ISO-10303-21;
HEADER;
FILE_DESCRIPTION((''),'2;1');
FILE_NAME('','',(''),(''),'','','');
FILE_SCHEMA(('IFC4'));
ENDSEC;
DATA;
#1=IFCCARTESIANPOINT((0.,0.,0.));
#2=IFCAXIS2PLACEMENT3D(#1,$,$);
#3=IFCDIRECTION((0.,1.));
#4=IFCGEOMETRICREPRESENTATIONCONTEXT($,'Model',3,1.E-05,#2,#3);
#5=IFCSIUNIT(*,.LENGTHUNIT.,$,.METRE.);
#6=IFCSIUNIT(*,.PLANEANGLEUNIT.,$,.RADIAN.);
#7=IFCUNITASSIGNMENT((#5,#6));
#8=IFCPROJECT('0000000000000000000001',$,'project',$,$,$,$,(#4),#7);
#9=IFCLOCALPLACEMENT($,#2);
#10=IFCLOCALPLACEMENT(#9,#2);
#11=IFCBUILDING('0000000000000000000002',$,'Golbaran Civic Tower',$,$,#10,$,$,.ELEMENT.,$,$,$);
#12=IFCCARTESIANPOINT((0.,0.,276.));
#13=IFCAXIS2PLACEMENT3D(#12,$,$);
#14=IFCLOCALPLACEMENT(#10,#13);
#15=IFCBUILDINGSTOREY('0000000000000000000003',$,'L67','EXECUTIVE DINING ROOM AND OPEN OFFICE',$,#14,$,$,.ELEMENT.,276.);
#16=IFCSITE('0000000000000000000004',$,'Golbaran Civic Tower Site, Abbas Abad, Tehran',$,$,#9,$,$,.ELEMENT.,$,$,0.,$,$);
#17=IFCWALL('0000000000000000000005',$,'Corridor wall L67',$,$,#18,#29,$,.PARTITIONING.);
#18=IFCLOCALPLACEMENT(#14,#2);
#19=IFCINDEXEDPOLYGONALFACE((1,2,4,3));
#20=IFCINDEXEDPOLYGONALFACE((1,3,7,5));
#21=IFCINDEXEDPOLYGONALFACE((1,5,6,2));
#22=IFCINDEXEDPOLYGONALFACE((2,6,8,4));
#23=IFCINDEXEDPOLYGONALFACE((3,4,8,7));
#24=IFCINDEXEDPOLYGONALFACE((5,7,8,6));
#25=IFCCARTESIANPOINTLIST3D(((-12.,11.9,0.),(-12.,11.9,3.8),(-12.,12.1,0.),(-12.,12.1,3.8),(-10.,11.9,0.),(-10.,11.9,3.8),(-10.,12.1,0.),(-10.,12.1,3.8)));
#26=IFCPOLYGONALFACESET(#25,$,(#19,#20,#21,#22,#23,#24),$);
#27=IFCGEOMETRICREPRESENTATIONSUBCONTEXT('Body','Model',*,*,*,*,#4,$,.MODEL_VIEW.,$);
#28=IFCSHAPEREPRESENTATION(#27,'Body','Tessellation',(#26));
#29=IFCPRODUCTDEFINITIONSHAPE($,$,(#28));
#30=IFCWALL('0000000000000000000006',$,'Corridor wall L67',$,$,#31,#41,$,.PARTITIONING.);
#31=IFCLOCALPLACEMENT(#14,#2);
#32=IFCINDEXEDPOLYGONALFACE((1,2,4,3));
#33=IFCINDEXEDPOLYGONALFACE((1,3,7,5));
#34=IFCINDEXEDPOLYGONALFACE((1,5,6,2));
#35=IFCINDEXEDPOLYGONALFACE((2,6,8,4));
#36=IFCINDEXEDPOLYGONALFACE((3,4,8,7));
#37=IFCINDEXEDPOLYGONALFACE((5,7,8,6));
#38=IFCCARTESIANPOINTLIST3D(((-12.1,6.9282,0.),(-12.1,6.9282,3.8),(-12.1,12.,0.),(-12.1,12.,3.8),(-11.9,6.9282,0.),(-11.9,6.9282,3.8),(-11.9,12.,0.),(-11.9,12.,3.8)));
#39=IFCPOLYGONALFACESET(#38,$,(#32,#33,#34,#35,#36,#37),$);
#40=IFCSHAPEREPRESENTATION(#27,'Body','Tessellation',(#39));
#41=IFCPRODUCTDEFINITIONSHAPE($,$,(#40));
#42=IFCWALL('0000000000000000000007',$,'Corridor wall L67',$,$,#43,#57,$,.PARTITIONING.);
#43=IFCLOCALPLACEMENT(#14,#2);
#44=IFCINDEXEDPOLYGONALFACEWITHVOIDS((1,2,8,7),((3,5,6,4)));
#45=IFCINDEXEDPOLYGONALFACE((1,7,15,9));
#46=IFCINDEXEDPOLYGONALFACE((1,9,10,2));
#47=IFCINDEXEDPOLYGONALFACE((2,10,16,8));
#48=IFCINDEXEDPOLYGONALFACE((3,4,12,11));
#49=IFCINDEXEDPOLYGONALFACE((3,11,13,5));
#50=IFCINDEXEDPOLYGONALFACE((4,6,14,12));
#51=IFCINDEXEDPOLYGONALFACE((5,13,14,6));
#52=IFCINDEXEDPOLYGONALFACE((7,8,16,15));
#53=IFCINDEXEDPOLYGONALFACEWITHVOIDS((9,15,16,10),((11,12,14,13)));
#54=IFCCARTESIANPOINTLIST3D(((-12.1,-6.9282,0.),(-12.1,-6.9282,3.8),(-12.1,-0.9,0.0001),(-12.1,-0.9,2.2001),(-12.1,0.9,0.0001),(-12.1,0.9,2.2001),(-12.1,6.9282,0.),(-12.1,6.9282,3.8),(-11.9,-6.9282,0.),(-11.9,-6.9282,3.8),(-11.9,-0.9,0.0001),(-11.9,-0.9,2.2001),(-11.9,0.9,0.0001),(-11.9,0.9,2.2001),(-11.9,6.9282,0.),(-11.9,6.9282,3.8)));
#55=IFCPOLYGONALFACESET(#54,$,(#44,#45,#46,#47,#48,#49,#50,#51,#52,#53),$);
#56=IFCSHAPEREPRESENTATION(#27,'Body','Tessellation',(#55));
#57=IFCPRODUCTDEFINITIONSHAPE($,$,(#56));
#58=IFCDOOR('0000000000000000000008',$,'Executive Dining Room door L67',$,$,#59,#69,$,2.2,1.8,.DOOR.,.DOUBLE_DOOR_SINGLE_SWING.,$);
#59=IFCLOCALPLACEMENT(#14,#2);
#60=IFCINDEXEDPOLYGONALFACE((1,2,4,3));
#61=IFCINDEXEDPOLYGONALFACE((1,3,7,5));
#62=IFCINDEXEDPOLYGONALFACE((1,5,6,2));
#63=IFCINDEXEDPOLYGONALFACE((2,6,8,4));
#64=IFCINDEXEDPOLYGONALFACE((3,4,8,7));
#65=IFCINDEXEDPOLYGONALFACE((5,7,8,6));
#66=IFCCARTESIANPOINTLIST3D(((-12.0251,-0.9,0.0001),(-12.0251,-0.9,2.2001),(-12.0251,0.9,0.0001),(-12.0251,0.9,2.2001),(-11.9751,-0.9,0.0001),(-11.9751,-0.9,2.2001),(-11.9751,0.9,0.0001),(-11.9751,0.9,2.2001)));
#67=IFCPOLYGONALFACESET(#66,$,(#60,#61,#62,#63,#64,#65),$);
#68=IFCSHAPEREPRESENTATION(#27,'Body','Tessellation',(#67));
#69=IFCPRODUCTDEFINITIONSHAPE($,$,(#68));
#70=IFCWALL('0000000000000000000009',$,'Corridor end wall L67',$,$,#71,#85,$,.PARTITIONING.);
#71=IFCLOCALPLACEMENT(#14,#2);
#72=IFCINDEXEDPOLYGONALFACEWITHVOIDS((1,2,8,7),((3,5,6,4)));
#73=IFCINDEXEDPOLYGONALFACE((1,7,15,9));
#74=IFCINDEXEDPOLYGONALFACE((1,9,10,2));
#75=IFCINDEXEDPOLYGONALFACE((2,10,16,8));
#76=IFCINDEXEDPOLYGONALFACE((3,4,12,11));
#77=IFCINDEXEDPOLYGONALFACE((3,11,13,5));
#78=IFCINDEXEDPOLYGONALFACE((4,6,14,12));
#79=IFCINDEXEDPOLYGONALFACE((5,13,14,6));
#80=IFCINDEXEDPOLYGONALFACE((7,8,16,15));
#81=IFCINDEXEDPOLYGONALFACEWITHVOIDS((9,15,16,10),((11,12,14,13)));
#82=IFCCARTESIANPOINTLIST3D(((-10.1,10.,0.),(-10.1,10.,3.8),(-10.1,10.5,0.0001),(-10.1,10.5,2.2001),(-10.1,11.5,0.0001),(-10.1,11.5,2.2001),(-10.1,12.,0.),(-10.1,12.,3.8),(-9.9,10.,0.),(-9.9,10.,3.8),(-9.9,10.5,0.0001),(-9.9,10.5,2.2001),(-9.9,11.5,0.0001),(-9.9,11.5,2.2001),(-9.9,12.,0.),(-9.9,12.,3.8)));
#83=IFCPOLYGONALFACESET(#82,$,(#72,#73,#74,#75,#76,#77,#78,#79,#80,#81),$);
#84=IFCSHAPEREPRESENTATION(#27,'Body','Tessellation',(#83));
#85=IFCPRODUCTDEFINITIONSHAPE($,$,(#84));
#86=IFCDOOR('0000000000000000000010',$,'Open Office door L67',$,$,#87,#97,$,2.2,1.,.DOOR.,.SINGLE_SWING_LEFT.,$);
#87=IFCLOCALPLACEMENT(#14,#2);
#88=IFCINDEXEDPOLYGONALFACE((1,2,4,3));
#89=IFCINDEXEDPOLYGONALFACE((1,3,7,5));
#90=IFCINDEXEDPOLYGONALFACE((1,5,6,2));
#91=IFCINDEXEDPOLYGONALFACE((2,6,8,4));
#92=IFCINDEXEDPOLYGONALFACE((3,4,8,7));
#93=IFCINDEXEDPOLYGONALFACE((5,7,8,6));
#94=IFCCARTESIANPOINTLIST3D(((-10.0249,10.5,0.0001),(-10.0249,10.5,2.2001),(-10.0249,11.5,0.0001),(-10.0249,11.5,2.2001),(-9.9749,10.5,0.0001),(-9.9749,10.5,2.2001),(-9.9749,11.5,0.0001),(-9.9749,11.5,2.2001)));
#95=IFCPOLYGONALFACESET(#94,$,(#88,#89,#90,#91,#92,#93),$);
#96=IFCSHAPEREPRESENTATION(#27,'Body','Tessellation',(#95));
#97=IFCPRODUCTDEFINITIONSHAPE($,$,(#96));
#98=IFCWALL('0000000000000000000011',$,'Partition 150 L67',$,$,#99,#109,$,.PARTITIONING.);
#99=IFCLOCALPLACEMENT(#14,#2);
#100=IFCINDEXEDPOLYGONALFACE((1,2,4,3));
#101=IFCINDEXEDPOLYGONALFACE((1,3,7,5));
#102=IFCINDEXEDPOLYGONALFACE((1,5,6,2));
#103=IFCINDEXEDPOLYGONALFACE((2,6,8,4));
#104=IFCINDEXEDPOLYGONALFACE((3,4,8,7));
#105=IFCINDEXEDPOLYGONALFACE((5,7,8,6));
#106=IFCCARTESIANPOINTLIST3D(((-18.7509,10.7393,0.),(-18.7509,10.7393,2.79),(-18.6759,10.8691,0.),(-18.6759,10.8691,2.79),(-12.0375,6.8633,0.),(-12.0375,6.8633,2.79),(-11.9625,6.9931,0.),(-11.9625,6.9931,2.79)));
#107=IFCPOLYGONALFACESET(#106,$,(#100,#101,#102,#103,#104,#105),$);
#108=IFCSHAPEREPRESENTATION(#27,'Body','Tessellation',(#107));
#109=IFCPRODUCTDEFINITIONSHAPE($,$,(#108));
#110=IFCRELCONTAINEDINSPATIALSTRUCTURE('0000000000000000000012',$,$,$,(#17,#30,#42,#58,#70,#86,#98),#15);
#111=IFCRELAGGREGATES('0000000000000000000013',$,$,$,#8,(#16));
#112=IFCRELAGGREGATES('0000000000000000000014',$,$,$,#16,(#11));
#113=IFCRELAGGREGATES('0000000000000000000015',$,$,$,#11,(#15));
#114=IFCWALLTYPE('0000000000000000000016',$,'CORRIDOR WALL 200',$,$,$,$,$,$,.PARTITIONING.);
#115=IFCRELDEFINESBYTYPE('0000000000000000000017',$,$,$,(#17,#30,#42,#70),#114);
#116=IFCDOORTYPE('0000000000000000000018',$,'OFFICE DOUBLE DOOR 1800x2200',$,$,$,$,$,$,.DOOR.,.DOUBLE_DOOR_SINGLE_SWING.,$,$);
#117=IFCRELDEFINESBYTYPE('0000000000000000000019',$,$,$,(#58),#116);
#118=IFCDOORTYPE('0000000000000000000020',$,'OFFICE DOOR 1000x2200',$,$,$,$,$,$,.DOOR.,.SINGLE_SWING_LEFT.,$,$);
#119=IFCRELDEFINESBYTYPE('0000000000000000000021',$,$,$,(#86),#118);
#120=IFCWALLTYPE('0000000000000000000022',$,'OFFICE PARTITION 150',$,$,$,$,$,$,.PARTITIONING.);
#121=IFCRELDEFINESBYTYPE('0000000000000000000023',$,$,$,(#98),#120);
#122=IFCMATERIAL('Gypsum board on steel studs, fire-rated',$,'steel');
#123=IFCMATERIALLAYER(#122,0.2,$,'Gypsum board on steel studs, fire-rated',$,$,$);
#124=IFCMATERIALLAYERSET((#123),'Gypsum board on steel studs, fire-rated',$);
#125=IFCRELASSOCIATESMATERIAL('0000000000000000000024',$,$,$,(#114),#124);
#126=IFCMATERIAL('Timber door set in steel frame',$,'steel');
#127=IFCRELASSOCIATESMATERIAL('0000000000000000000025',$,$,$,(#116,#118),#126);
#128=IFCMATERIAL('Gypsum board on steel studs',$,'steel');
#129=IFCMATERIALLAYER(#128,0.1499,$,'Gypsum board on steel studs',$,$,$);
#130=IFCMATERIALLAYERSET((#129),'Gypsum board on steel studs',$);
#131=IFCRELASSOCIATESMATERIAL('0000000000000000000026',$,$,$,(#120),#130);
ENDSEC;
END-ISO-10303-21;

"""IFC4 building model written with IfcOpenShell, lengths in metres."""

from ifc_helpers import new_model, si_unit, direction, frame, frame_2d, origin, place, context, subcontext, project, spatial, rectangle, extrude, material, layer, layer_set, type_object, element, fill, save


model = new_model("IFC4")

# Units and contexts
model_context = context("Model", 3, precision=1e-05, world=origin(), true_north=direction((0.0, 1.0)))
body_context = subcontext(model_context, "Body", "Model", "MODEL_VIEW")
ifc_project = project(units=[si_unit("LENGTHUNIT", "METRE"), si_unit("PLANEANGLEUNIT", "RADIAN")], contexts=[model_context])

# Site, building, storey
site_placement = place(None, origin())
site = spatial("IfcSite", under=ifc_project, at=site_placement, Name="Golbaran Civic Tower Site, Abbas Abad, Tehran", CompositionType="ELEMENT", RefElevation=0.0)
building_placement = place(site_placement, origin())
building = spatial("IfcBuilding", under=site, at=building_placement, Name="Golbaran Civic Tower", CompositionType="ELEMENT")
storey_placement = place(building_placement, frame((0.0, 0.0, 276.0)))
storey = spatial("IfcBuildingStorey", under=building, at=storey_placement, Name="L67", Description="EXECUTIVE DINING ROOM AND OPEN OFFICE", CompositionType="ELEMENT", Elevation=276.0)

# Shared definitions
ifc_material_1 = material(Name="Timber door set in steel frame", Category="steel")

# Walls
ifc_material_2 = material(Name="Gypsum board on steel studs, fire-rated", Category="steel")
ifc_layer_1 = layer(ifc_material_2, 0.2, Name="Gypsum board on steel studs, fire-rated")
ifc_layer_set_1 = layer_set([ifc_layer_1], Name="Gypsum board on steel studs, fire-rated")
wall_type_1 = type_object("IfcWallType", Name="CORRIDOR WALL 200", PredefinedType="PARTITIONING", material=ifc_layer_set_1)
wall_1_placement = place(storey_placement, frame((-10.0, 12.0, 0.0), z_axis=(0.0, 0.0, 1.0), x_axis=(-1.0, 0.0, 0.0)))
element("IfcWall", 1, at=wall_1_placement, inside=storey, type_object=wall_type_1, Name="Corridor wall L67", PredefinedType="PARTITIONING", context=body_context, shape_type="SweptSolid", body=[
    extrude(rectangle(XDim=2.0, YDim=0.2, at=frame_2d((1.0, 0.0))), origin(), (0.0, 0.0, 1.0), 3.8),
])
wall_2_placement = place(storey_placement, frame((-12.0, 12.0, 0.0), z_axis=(0.0, 0.0, 1.0), x_axis=(0.0, -1.0, 0.0)))
element("IfcWall", 2, at=wall_2_placement, inside=storey, type_object=wall_type_1, Name="Corridor wall L67", PredefinedType="PARTITIONING", context=body_context, shape_type="SweptSolid", body=[
    extrude(rectangle(XDim=5.0718, YDim=0.2, at=frame_2d((2.5359, 0.0))), origin(), (0.0, 0.0, 1.0), 3.8),
])

# Walls, openings, doors
wall_3_placement = place(storey_placement, frame((-12.0, 6.9282, 0.0), z_axis=(0.0, 0.0, 1.0), x_axis=(0.0, -1.0, 0.0)))
wall_3 = element("IfcWall", 3, at=wall_3_placement, inside=storey, type_object=wall_type_1, Name="Corridor wall L67", PredefinedType="PARTITIONING", context=body_context, shape_type="SweptSolid", body=[
    extrude(rectangle(XDim=13.8564, YDim=0.2, at=frame_2d((6.9282, 0.0))), origin(), (0.0, 0.0, 1.0), 3.8),
])
opening_1_placement = place(wall_3_placement, frame((6.0283, 0.0, 0.0)))
opening_1 = element("IfcOpeningElement", 4, at=opening_1_placement, cuts=wall_3, PredefinedType="OPENING", context=body_context, shape_type="SweptSolid", body=[
    extrude(rectangle(XDim=1.8, YDim=2.2, at=frame_2d((0.8999, 1.1001))), frame((0.0, 0.1099, 0.0), z_axis=(0.0, -1.0, 0.0), x_axis=(1.0, 0.0, 0.0)), (0.0, 0.0, 1.0), 0.22),
])
door_type_1 = type_object("IfcDoorType", Name="OFFICE DOUBLE DOOR 1800x2200", OperationType="DOUBLE_DOOR_SINGLE_SWING", PredefinedType="DOOR", material=ifc_material_1)
door_1_placement = place(opening_1_placement, origin())
door_1 = element("IfcDoor", 5, at=door_1_placement, inside=storey, type_object=door_type_1, Name="Executive Dining Room door L67", OperationType="DOUBLE_DOOR_SINGLE_SWING", OverallHeight=2.2, OverallWidth=1.8, PredefinedType="DOOR", context=body_context, shape_type="SweptSolid", body=[
    extrude(rectangle(XDim=1.8, YDim=2.2, at=frame_2d((0.8999, 1.1001))), frame((0.0, 0.0249, 0.0), z_axis=(0.0, -1.0, 0.0), x_axis=(1.0, 0.0, 0.0)), (0.0, 0.0, 1.0), 0.05),
])
fill(opening_1, door_1)
wall_4_placement = place(storey_placement, frame((-10.0, 10.0, 0.0), z_axis=(0.0, 0.0, 1.0), x_axis=(0.0, 1.0, 0.0)))
wall_4 = element("IfcWall", 6, at=wall_4_placement, inside=storey, type_object=wall_type_1, Name="Corridor end wall L67", PredefinedType="PARTITIONING", context=body_context, shape_type="SweptSolid", body=[
    extrude(rectangle(XDim=2.0, YDim=0.2, at=frame_2d((1.0, 0.0))), origin(), (0.0, 0.0, 1.0), 3.8),
])
opening_2_placement = place(wall_4_placement, frame((0.5, 0.0, 0.0)))
opening_2 = element("IfcOpeningElement", 7, at=opening_2_placement, cuts=wall_4, PredefinedType="OPENING", context=body_context, shape_type="SweptSolid", body=[
    extrude(rectangle(XDim=1.0, YDim=2.2, at=frame_2d((0.5, 1.1001))), frame((0.0, 0.1099, 0.0), z_axis=(0.0, -1.0, 0.0), x_axis=(1.0, 0.0, 0.0)), (0.0, 0.0, 1.0), 0.22),
])
door_type_2 = type_object("IfcDoorType", Name="OFFICE DOOR 1000x2200", OperationType="SINGLE_SWING_LEFT", PredefinedType="DOOR", material=ifc_material_1)
door_2_placement = place(opening_2_placement, origin())
door_2 = element("IfcDoor", 8, at=door_2_placement, inside=storey, type_object=door_type_2, Name="Open Office door L67", OperationType="SINGLE_SWING_LEFT", OverallHeight=2.2, OverallWidth=1.0, PredefinedType="DOOR", context=body_context, shape_type="SweptSolid", body=[
    extrude(rectangle(XDim=1.0, YDim=2.2, at=frame_2d((0.5, 1.1001))), frame((0.0, 0.0249, 0.0), z_axis=(0.0, -1.0, 0.0), x_axis=(1.0, 0.0, 0.0)), (0.0, 0.0, 1.0), 0.05),
])
fill(opening_2, door_2)

# Wall
ifc_material_3 = material(Name="Gypsum board on steel studs", Category="steel")
ifc_layer_2 = layer(ifc_material_3, 0.1499, Name="Gypsum board on steel studs")
ifc_layer_set_2 = layer_set([ifc_layer_2], Name="Gypsum board on steel studs")
wall_type_2 = type_object("IfcWallType", Name="OFFICE PARTITION 150", PredefinedType="PARTITIONING", material=ifc_layer_set_2)
wall_5_placement = place(storey_placement, frame((-12.0, 6.9282, 0.0), z_axis=(0.0, 0.0, 1.0), x_axis=(-0.866025, 0.500001, 0.0)))
element("IfcWall", 9, at=wall_5_placement, inside=storey, type_object=wall_type_2, Name="Partition 150 L67", PredefinedType="PARTITIONING", context=body_context, shape_type="SweptSolid", body=[
    extrude(rectangle(XDim=7.752, YDim=0.1499, at=frame_2d((3.876, 0.0))), origin(), (0.0, 0.0, 1.0), 2.79),
])

save(model, "model.ifc")
